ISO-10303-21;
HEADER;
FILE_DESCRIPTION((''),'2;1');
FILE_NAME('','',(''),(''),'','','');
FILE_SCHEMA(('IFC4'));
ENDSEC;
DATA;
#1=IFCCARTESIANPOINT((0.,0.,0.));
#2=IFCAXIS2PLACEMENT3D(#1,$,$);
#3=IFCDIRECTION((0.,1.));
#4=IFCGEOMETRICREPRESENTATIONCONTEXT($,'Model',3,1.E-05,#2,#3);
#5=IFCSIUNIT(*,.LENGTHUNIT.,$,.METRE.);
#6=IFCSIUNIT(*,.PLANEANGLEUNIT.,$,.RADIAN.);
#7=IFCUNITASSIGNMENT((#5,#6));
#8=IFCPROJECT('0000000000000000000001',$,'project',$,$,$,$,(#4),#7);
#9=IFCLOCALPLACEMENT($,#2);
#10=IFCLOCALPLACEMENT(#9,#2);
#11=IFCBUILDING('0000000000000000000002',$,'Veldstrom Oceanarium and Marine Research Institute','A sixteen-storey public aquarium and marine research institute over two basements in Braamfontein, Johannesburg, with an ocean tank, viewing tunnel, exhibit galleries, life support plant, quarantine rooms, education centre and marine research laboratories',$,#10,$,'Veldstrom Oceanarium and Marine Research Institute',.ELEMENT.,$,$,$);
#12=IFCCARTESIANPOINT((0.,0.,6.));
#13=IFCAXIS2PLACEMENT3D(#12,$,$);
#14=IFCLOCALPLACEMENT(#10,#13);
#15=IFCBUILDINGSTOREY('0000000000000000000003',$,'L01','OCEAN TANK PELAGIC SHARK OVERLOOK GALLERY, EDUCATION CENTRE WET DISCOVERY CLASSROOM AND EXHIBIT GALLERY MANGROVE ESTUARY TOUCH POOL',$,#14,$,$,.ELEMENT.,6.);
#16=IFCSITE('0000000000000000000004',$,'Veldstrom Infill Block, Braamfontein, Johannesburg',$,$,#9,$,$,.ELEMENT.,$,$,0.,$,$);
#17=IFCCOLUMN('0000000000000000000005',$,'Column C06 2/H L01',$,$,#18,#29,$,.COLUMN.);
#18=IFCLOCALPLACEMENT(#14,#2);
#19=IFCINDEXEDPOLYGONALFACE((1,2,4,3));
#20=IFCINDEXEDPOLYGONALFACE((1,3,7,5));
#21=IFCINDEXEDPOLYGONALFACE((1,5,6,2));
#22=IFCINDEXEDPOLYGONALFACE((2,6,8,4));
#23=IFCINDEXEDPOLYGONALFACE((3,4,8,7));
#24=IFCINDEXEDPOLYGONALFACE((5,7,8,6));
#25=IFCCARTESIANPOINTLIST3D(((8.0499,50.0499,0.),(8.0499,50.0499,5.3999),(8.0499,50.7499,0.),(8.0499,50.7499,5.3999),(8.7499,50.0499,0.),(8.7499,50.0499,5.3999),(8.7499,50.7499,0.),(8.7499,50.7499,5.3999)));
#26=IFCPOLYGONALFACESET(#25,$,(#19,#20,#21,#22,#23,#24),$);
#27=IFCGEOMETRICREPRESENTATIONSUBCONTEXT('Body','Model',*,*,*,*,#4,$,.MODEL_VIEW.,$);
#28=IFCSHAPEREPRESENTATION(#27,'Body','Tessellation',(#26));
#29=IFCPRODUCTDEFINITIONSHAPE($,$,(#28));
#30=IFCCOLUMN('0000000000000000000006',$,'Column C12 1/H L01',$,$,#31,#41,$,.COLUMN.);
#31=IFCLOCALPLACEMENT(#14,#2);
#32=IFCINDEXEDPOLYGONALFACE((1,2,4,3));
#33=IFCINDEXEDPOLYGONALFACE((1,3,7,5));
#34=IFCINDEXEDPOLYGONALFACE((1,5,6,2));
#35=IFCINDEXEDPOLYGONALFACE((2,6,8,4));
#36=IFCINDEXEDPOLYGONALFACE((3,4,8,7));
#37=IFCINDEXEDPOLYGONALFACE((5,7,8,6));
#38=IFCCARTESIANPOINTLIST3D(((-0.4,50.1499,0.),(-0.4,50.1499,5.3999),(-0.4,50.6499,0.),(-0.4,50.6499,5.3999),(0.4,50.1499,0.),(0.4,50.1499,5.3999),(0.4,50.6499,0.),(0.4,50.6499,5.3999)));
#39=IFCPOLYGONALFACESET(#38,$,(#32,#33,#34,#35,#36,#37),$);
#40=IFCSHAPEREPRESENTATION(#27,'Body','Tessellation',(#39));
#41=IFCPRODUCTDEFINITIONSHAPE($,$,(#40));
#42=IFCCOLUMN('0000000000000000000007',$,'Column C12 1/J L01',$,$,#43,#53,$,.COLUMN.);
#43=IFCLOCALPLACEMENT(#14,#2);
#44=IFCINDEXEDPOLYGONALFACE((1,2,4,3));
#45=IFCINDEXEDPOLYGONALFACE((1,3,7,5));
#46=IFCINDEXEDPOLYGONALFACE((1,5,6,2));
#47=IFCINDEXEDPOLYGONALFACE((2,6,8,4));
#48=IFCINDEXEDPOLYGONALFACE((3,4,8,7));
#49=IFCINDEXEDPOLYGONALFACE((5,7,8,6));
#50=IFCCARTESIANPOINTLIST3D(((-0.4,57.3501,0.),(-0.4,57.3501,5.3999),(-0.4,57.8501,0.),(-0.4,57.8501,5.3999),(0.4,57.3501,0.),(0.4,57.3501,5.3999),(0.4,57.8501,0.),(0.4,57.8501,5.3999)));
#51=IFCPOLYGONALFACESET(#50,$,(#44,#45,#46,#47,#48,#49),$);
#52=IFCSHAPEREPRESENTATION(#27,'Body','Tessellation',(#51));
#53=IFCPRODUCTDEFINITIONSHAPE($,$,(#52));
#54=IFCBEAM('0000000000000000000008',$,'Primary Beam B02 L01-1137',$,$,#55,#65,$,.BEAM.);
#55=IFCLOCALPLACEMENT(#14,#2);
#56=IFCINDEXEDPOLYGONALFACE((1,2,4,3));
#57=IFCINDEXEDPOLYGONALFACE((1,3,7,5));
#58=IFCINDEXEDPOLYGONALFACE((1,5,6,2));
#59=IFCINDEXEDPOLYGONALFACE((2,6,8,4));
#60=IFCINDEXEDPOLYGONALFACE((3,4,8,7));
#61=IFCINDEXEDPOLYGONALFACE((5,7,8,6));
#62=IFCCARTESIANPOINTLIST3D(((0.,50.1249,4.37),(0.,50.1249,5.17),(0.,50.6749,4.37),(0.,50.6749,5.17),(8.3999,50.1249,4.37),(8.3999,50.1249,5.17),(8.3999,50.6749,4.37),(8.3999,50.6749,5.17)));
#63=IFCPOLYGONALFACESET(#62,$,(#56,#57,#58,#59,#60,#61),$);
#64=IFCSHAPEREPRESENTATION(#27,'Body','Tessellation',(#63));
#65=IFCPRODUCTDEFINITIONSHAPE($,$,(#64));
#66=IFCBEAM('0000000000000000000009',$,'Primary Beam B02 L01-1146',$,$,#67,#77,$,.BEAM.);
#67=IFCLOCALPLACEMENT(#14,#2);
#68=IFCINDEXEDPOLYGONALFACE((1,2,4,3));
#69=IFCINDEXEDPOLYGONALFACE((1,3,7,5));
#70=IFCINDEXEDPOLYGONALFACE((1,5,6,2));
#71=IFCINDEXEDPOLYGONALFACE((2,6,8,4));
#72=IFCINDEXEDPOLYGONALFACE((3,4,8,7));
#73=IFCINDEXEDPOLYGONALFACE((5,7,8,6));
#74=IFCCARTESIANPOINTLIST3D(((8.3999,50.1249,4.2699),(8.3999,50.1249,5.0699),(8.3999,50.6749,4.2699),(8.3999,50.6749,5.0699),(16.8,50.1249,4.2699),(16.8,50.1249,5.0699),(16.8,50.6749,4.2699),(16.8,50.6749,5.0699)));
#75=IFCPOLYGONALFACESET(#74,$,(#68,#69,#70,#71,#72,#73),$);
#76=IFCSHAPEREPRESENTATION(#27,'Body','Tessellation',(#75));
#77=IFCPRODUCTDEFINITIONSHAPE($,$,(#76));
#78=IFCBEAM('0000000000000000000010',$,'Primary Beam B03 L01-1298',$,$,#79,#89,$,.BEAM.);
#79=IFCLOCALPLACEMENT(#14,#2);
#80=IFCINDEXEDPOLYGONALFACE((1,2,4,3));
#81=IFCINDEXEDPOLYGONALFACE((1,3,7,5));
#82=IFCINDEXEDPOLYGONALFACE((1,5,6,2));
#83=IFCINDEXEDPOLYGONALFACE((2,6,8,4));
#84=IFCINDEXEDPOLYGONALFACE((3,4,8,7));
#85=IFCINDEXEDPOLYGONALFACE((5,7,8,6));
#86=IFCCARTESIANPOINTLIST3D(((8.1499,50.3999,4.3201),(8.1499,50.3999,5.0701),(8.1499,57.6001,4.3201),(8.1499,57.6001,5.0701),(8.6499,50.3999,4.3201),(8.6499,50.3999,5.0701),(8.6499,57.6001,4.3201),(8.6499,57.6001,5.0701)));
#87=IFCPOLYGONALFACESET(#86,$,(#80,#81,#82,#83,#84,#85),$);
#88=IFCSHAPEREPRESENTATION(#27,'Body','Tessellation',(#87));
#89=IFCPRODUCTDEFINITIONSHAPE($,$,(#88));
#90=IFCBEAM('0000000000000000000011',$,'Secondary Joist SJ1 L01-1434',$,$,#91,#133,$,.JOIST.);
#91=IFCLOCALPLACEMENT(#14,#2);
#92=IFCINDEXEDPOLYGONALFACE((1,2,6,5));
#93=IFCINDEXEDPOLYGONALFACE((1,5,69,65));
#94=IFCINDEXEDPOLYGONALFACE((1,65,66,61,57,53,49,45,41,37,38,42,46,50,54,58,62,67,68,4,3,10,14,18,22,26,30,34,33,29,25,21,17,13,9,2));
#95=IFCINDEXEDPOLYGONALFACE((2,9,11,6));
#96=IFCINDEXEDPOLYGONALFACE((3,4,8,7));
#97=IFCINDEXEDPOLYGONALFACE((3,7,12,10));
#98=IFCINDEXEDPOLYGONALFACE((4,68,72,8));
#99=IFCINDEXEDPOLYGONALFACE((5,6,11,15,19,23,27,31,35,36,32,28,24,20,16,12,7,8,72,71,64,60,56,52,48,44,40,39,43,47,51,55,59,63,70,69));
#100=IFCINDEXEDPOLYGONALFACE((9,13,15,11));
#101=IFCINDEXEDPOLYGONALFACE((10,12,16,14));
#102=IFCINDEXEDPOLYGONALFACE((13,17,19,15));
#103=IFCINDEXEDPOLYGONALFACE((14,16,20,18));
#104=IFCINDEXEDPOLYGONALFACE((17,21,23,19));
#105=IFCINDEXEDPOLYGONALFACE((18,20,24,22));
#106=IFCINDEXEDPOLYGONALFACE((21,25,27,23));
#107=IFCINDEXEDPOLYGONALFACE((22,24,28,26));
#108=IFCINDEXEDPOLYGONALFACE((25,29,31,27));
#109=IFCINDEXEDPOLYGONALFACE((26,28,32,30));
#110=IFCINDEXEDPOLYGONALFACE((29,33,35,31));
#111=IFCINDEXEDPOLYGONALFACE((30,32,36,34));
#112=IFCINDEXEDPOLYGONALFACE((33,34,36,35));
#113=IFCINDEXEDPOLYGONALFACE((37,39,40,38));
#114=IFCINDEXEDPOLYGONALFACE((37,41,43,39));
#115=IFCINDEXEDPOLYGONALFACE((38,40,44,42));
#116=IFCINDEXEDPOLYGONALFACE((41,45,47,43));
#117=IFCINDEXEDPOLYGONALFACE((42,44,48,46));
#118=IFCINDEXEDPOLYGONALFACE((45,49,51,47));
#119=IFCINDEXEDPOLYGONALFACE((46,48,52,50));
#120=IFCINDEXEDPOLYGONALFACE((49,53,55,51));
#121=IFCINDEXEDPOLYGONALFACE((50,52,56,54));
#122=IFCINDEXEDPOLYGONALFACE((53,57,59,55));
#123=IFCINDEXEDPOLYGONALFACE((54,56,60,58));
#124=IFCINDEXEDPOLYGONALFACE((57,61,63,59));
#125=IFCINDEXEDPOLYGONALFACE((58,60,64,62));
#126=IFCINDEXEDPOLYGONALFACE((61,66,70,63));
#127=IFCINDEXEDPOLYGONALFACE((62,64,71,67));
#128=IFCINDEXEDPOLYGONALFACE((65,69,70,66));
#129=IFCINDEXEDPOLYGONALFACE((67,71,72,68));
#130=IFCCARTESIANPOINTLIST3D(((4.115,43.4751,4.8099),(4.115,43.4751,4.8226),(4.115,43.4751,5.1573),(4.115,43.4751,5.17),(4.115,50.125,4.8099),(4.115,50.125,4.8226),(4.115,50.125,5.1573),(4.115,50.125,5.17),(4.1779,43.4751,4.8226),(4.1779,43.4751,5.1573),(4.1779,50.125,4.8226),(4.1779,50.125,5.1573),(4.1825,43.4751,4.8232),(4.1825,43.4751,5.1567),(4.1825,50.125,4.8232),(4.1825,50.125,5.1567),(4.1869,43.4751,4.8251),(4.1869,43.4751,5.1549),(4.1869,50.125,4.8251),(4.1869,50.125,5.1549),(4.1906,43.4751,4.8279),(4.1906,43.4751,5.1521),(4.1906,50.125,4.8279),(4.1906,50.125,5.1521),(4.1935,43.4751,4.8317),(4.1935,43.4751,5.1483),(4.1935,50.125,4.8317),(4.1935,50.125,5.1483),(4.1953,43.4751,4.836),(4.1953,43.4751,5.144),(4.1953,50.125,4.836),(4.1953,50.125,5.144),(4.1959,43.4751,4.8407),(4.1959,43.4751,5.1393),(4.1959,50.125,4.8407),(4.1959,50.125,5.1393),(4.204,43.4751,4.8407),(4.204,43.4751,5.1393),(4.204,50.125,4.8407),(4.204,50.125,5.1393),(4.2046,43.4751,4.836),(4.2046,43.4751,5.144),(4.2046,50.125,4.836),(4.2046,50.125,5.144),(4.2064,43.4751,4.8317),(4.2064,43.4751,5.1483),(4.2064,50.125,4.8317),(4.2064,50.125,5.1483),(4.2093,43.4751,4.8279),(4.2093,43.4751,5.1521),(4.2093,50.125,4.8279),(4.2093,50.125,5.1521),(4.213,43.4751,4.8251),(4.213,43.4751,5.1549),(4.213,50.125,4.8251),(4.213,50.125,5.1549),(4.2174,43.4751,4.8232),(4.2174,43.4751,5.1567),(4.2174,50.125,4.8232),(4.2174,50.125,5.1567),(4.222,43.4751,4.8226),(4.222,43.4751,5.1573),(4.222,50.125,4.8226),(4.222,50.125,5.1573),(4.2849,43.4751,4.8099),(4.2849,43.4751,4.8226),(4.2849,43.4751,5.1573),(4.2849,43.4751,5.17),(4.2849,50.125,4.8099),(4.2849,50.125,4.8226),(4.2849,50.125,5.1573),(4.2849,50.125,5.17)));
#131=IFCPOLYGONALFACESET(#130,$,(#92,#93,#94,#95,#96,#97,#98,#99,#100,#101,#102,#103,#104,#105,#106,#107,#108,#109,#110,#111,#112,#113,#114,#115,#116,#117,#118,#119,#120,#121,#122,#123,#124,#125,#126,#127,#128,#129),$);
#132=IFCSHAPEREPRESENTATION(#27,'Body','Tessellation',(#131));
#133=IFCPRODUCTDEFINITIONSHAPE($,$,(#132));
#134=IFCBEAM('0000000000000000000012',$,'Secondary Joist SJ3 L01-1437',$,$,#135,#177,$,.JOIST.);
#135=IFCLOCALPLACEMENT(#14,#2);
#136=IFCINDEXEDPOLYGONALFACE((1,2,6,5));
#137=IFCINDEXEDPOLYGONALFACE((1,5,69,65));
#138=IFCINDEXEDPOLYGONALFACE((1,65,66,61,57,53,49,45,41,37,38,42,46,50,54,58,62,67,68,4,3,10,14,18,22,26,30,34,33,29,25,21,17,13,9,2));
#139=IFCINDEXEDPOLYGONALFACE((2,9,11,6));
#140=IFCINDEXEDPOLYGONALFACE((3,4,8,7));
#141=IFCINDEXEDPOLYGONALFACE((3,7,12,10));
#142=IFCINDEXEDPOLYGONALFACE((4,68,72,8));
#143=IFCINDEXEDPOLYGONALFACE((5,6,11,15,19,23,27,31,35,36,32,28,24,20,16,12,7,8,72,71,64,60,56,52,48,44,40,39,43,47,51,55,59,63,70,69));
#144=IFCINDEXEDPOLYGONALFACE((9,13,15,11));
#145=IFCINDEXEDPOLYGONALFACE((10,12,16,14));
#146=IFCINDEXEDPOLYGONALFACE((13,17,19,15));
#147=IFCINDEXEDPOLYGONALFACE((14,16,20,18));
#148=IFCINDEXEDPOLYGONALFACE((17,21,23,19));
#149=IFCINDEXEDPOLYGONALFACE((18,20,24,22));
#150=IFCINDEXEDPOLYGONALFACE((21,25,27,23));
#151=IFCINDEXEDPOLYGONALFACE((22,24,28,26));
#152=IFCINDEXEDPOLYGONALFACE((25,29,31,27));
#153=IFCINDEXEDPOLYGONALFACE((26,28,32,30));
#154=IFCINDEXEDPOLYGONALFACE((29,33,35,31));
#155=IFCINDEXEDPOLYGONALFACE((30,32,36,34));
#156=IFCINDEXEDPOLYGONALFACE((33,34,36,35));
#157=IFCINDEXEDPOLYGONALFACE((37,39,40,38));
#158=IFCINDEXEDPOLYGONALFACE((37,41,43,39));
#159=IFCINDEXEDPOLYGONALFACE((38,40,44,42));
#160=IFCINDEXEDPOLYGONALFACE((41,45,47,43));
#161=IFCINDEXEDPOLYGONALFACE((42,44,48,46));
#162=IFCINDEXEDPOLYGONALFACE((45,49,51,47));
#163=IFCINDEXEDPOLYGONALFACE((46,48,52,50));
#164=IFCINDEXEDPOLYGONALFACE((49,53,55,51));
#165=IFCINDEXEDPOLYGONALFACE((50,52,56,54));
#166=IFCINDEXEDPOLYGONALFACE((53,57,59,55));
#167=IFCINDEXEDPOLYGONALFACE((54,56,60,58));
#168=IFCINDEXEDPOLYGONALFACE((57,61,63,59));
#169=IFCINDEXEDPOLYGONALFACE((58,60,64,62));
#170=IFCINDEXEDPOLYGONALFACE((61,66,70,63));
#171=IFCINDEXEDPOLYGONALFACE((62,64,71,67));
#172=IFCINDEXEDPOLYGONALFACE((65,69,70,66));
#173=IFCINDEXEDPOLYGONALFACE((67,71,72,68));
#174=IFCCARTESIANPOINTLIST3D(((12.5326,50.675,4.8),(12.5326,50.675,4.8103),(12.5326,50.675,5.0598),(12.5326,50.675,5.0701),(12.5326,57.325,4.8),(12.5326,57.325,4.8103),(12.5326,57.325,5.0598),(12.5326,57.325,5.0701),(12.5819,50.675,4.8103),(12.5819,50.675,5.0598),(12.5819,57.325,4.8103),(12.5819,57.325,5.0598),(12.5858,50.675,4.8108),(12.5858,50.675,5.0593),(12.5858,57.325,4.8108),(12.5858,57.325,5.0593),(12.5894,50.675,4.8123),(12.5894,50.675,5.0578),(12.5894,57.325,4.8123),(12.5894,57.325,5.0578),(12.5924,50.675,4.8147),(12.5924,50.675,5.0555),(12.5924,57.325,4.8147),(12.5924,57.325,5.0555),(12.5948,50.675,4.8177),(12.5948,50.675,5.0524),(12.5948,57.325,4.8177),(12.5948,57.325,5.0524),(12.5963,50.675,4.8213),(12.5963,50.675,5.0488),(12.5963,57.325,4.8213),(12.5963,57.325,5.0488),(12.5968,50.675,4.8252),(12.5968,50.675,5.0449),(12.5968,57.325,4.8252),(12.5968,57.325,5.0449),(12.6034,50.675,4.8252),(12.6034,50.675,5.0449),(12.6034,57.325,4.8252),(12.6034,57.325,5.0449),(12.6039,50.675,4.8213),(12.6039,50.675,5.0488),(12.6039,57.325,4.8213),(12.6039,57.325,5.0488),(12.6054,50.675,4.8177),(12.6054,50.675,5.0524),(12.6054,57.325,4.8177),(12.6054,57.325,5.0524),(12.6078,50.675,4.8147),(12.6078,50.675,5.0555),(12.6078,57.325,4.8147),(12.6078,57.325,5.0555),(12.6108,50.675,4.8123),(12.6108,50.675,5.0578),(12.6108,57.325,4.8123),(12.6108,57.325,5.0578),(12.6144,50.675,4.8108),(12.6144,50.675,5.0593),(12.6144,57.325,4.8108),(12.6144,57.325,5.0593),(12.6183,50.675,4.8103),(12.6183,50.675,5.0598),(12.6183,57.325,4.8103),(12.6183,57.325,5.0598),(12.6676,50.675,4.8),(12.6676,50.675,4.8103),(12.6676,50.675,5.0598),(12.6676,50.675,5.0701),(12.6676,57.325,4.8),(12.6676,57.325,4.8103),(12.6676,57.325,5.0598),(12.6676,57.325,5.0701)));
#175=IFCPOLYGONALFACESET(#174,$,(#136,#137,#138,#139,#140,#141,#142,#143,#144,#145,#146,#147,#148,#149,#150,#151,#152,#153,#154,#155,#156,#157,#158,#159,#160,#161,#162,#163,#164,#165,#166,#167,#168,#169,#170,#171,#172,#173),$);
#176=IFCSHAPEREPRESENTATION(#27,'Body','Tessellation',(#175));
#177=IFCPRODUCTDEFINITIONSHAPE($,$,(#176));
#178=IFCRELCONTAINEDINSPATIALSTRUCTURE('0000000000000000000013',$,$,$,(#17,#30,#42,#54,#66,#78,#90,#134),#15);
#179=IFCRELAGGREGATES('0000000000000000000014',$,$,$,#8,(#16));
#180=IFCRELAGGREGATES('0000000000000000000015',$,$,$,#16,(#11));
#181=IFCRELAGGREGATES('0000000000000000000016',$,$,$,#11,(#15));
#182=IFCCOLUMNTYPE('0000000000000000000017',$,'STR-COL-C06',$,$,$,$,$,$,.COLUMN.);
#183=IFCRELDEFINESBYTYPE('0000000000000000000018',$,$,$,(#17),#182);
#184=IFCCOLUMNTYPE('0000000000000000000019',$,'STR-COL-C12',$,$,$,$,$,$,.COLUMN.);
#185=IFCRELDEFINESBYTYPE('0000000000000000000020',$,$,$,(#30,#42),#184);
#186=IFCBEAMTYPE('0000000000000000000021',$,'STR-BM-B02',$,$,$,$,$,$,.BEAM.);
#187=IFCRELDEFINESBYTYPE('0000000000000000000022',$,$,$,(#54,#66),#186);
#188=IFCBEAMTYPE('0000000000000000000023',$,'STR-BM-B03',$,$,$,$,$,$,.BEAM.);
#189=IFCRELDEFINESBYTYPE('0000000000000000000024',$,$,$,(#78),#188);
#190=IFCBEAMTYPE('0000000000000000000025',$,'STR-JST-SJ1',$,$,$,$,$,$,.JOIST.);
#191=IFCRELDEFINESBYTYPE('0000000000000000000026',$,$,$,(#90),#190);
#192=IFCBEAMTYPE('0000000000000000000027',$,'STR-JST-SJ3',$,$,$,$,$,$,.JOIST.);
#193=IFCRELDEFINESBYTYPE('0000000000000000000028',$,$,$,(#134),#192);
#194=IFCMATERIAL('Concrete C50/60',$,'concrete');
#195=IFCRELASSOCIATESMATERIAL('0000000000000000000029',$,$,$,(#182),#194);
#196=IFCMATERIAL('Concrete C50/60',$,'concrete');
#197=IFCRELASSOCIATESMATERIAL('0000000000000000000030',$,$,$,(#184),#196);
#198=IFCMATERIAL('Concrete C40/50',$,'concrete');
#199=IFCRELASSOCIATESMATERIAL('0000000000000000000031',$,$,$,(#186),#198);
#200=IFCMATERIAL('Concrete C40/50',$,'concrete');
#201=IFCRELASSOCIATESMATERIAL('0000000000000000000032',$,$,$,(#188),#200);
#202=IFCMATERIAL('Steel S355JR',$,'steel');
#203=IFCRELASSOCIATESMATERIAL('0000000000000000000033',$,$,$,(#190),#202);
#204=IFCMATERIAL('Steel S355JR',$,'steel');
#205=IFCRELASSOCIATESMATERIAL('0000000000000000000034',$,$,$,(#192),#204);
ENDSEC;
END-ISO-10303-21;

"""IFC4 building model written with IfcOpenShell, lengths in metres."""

from ifc_helpers import new_model, si_unit, direction, frame, origin, origin_2d, place, context, subcontext, project, spatial, rectangle, i_section, extrude, material, material_profile, profile_set, type_object, element, save


model = new_model("IFC4")

# Units and contexts
model_context = context("Model", 3, precision=1e-05, world=origin(), true_north=direction((0.0, 1.0)))
body_context = subcontext(model_context, "Body", "Model", "MODEL_VIEW")
ifc_project = project(units=[si_unit("LENGTHUNIT", "METRE"), si_unit("PLANEANGLEUNIT", "RADIAN")], contexts=[model_context])

# Site, building, storey
site_placement = place(None, origin())
site = spatial("IfcSite", under=ifc_project, at=site_placement, Name="Veldstrom Infill Block, Braamfontein, Johannesburg", CompositionType="ELEMENT", RefElevation=0.0)
building_placement = place(site_placement, origin())
building = spatial("IfcBuilding", under=site, at=building_placement, Name="Veldstrom Oceanarium and Marine Research Institute", Description="A sixteen-storey public aquarium and marine research institute over two basements in Braamfontein, Johannesburg, with an ocean tank, viewing tunnel, exhibit galleries, life support plant, quarantine rooms, education centre and marine research laboratories", LongName="Veldstrom Oceanarium and Marine Research Institute", CompositionType="ELEMENT")
storey_placement = place(building_placement, frame((0.0, 0.0, 6.0)))
storey = spatial("IfcBuildingStorey", under=building, at=storey_placement, Name="L01", Description="OCEAN TANK PELAGIC SHARK OVERLOOK GALLERY, EDUCATION CENTRE WET DISCOVERY CLASSROOM AND EXHIBIT GALLERY MANGROVE ESTUARY TOUCH POOL", CompositionType="ELEMENT", Elevation=6.0)

# Columns
ifc_material_1 = material(Name="Concrete C50/60", Category="concrete")
ifc_material_profile_1 = material_profile(ifc_material_1, rectangle(XDim=0.7, YDim=0.7, at=origin_2d()), Name="RC-COL-700x700")
ifc_profile_set_1 = profile_set([ifc_material_profile_1], Name="Concrete C50/60")
column_type_1 = type_object("IfcColumnType", Name="STR-COL-C06", PredefinedType="COLUMN", material=ifc_profile_set_1)
column_placement = place(storey_placement, frame((8.3999, 50.3999, 0.0), z_axis=(0.0, 0.0, 1.0), x_axis=(1.0, 0.0, 0.0)))
element("IfcColumn", 1, at=column_placement, inside=storey, type_object=column_type_1, Name="Column C06 2/H L01", PredefinedType="COLUMN", context=body_context, shape_type="SweptSolid", body=[
    extrude(rectangle(XDim=0.7, YDim=0.7, at=origin_2d()), origin(), (0.0, 0.0, 1.0), 5.3999),
])
ifc_material_2 = material(Name="Concrete C50/60", Category="concrete")
ifc_material_profile_2 = material_profile(ifc_material_2, rectangle(XDim=0.5, YDim=0.8, at=origin_2d()), Name="RC-COL-800x500")
ifc_profile_set_2 = profile_set([ifc_material_profile_2], Name="Concrete C50/60")
column_type_2 = type_object("IfcColumnType", Name="STR-COL-C12", PredefinedType="COLUMN", material=ifc_profile_set_2)
for number, where, z_axis, x_axis, name in (
    (2, (0.0, 50.3999, 0.0), (0.0, 0.0, 1.0), (0.0, 1.0, 0.0), "Column C12 1/H L01"),
    (3, (0.0, 57.6001, 0.0), (0.0, 0.0, 1.0), (0.0, 1.0, 0.0), "Column C12 1/J L01"),
):
    element("IfcColumn", number, at=place(storey_placement, frame(where, z_axis=z_axis, x_axis=x_axis)), inside=storey, type_object=column_type_2, Name=name, PredefinedType="COLUMN", context=body_context, shape_type="SweptSolid", body=[
        extrude(rectangle(XDim=0.5, YDim=0.8, at=origin_2d()), origin(), (0.0, 0.0, 1.0), 5.3999),
    ])

# Beams
ifc_material_3 = material(Name="Concrete C40/50", Category="concrete")
ifc_material_profile_3 = material_profile(ifc_material_3, rectangle(XDim=0.55, YDim=0.8, at=origin_2d()), Name="RC-BM-550x800")
ifc_profile_set_3 = profile_set([ifc_material_profile_3], Name="Concrete C40/50")
beam_type_1 = type_object("IfcBeamType", Name="STR-BM-B02", PredefinedType="BEAM", material=ifc_profile_set_3)
beam_1_placement = place(storey_placement, frame((0.0, 50.3999, 4.77), z_axis=(1.0, 0.0, 0.0), x_axis=(0.0, 1.0, 0.0)))
element("IfcBeam", 4, at=beam_1_placement, inside=storey, type_object=beam_type_1, Name="Primary Beam B02 L01-1137", PredefinedType="BEAM", context=body_context, shape_type="SweptSolid", body=[
    extrude(rectangle(XDim=0.55, YDim=0.8, at=origin_2d()), origin(), (0.0, 0.0, 1.0), 8.3999),
])
beam_2_placement = place(storey_placement, frame((8.3999, 50.3999, 4.6699), z_axis=(1.0, 0.0, 0.0), x_axis=(0.0, 1.0, 0.0)))
element("IfcBeam", 5, at=beam_2_placement, inside=storey, type_object=beam_type_1, Name="Primary Beam B02 L01-1146", PredefinedType="BEAM", context=body_context, shape_type="SweptSolid", body=[
    extrude(rectangle(XDim=0.55, YDim=0.8, at=origin_2d()), origin(), (0.0, 0.0, 1.0), 8.4001),
])
ifc_material_4 = material(Name="Concrete C40/50", Category="concrete")
ifc_material_profile_4 = material_profile(ifc_material_4, rectangle(XDim=0.5, YDim=0.75, at=origin_2d()), Name="RC-BM-500x750")
ifc_profile_set_4 = profile_set([ifc_material_profile_4], Name="Concrete C40/50")
beam_type_2 = type_object("IfcBeamType", Name="STR-BM-B03", PredefinedType="BEAM", material=ifc_profile_set_4)
beam_3_placement = place(storey_placement, frame((8.3999, 50.3999, 4.6951), z_axis=(0.0, 1.0, 0.0), x_axis=(-1.0, 0.0, 0.0)))
element("IfcBeam", 6, at=beam_3_placement, inside=storey, type_object=beam_type_2, Name="Primary Beam B03 L01-1298", PredefinedType="BEAM", context=body_context, shape_type="SweptSolid", body=[
    extrude(rectangle(XDim=0.5, YDim=0.75, at=origin_2d()), origin(), (0.0, 0.0, 1.0), 7.2002),
])
ifc_material_5 = material(Name="Steel S355JR", Category="steel")
ifc_material_profile_5 = material_profile(ifc_material_5, i_section(OverallWidth=0.1699, OverallDepth=0.3601, WebThickness=0.0081, FlangeThickness=0.0127, FilletRadius=0.0181, at=origin_2d()), Name="IPE 360")
ifc_profile_set_5 = profile_set([ifc_material_profile_5], Name="Steel S355JR")
beam_type_3 = type_object("IfcBeamType", Name="STR-JST-SJ1", PredefinedType="JOIST", material=ifc_profile_set_5)
beam_4_placement = place(storey_placement, frame((4.2, 43.4751, 4.99), z_axis=(0.0, 1.0, 0.0), x_axis=(-1.0, 0.0, 0.0)))
element("IfcBeam", 7, at=beam_4_placement, inside=storey, type_object=beam_type_3, Name="Secondary Joist SJ1 L01-1434", PredefinedType="JOIST", context=body_context, shape_type="SweptSolid", body=[
    extrude(i_section(OverallWidth=0.1699, OverallDepth=0.3601, WebThickness=0.0081, FlangeThickness=0.0127, FilletRadius=0.0181, at=origin_2d()), origin(), (0.0, 0.0, 1.0), 6.6499),
])
ifc_material_6 = material(Name="Steel S355JR", Category="steel")
ifc_material_profile_6 = material_profile(ifc_material_6, i_section(OverallWidth=0.135, OverallDepth=0.27, WebThickness=0.0066, FlangeThickness=0.0103, FilletRadius=0.0149, at=origin_2d()), Name="IPE 270")
ifc_profile_set_6 = profile_set([ifc_material_profile_6], Name="Steel S355JR")
beam_type_4 = type_object("IfcBeamType", Name="STR-JST-SJ3", PredefinedType="JOIST", material=ifc_profile_set_6)
beam_5_placement = place(storey_placement, frame((12.6001, 50.675, 4.9351), z_axis=(0.0, 1.0, 0.0), x_axis=(-1.0, 0.0, 0.0)))
element("IfcBeam", 8, at=beam_5_placement, inside=storey, type_object=beam_type_4, Name="Secondary Joist SJ3 L01-1437", PredefinedType="JOIST", context=body_context, shape_type="SweptSolid", body=[
    extrude(i_section(OverallWidth=0.135, OverallDepth=0.27, WebThickness=0.0066, FlangeThickness=0.0103, FilletRadius=0.0149, at=origin_2d()), origin(), (0.0, 0.0, 1.0), 6.6499),
])

save(model, "model.ifc")
